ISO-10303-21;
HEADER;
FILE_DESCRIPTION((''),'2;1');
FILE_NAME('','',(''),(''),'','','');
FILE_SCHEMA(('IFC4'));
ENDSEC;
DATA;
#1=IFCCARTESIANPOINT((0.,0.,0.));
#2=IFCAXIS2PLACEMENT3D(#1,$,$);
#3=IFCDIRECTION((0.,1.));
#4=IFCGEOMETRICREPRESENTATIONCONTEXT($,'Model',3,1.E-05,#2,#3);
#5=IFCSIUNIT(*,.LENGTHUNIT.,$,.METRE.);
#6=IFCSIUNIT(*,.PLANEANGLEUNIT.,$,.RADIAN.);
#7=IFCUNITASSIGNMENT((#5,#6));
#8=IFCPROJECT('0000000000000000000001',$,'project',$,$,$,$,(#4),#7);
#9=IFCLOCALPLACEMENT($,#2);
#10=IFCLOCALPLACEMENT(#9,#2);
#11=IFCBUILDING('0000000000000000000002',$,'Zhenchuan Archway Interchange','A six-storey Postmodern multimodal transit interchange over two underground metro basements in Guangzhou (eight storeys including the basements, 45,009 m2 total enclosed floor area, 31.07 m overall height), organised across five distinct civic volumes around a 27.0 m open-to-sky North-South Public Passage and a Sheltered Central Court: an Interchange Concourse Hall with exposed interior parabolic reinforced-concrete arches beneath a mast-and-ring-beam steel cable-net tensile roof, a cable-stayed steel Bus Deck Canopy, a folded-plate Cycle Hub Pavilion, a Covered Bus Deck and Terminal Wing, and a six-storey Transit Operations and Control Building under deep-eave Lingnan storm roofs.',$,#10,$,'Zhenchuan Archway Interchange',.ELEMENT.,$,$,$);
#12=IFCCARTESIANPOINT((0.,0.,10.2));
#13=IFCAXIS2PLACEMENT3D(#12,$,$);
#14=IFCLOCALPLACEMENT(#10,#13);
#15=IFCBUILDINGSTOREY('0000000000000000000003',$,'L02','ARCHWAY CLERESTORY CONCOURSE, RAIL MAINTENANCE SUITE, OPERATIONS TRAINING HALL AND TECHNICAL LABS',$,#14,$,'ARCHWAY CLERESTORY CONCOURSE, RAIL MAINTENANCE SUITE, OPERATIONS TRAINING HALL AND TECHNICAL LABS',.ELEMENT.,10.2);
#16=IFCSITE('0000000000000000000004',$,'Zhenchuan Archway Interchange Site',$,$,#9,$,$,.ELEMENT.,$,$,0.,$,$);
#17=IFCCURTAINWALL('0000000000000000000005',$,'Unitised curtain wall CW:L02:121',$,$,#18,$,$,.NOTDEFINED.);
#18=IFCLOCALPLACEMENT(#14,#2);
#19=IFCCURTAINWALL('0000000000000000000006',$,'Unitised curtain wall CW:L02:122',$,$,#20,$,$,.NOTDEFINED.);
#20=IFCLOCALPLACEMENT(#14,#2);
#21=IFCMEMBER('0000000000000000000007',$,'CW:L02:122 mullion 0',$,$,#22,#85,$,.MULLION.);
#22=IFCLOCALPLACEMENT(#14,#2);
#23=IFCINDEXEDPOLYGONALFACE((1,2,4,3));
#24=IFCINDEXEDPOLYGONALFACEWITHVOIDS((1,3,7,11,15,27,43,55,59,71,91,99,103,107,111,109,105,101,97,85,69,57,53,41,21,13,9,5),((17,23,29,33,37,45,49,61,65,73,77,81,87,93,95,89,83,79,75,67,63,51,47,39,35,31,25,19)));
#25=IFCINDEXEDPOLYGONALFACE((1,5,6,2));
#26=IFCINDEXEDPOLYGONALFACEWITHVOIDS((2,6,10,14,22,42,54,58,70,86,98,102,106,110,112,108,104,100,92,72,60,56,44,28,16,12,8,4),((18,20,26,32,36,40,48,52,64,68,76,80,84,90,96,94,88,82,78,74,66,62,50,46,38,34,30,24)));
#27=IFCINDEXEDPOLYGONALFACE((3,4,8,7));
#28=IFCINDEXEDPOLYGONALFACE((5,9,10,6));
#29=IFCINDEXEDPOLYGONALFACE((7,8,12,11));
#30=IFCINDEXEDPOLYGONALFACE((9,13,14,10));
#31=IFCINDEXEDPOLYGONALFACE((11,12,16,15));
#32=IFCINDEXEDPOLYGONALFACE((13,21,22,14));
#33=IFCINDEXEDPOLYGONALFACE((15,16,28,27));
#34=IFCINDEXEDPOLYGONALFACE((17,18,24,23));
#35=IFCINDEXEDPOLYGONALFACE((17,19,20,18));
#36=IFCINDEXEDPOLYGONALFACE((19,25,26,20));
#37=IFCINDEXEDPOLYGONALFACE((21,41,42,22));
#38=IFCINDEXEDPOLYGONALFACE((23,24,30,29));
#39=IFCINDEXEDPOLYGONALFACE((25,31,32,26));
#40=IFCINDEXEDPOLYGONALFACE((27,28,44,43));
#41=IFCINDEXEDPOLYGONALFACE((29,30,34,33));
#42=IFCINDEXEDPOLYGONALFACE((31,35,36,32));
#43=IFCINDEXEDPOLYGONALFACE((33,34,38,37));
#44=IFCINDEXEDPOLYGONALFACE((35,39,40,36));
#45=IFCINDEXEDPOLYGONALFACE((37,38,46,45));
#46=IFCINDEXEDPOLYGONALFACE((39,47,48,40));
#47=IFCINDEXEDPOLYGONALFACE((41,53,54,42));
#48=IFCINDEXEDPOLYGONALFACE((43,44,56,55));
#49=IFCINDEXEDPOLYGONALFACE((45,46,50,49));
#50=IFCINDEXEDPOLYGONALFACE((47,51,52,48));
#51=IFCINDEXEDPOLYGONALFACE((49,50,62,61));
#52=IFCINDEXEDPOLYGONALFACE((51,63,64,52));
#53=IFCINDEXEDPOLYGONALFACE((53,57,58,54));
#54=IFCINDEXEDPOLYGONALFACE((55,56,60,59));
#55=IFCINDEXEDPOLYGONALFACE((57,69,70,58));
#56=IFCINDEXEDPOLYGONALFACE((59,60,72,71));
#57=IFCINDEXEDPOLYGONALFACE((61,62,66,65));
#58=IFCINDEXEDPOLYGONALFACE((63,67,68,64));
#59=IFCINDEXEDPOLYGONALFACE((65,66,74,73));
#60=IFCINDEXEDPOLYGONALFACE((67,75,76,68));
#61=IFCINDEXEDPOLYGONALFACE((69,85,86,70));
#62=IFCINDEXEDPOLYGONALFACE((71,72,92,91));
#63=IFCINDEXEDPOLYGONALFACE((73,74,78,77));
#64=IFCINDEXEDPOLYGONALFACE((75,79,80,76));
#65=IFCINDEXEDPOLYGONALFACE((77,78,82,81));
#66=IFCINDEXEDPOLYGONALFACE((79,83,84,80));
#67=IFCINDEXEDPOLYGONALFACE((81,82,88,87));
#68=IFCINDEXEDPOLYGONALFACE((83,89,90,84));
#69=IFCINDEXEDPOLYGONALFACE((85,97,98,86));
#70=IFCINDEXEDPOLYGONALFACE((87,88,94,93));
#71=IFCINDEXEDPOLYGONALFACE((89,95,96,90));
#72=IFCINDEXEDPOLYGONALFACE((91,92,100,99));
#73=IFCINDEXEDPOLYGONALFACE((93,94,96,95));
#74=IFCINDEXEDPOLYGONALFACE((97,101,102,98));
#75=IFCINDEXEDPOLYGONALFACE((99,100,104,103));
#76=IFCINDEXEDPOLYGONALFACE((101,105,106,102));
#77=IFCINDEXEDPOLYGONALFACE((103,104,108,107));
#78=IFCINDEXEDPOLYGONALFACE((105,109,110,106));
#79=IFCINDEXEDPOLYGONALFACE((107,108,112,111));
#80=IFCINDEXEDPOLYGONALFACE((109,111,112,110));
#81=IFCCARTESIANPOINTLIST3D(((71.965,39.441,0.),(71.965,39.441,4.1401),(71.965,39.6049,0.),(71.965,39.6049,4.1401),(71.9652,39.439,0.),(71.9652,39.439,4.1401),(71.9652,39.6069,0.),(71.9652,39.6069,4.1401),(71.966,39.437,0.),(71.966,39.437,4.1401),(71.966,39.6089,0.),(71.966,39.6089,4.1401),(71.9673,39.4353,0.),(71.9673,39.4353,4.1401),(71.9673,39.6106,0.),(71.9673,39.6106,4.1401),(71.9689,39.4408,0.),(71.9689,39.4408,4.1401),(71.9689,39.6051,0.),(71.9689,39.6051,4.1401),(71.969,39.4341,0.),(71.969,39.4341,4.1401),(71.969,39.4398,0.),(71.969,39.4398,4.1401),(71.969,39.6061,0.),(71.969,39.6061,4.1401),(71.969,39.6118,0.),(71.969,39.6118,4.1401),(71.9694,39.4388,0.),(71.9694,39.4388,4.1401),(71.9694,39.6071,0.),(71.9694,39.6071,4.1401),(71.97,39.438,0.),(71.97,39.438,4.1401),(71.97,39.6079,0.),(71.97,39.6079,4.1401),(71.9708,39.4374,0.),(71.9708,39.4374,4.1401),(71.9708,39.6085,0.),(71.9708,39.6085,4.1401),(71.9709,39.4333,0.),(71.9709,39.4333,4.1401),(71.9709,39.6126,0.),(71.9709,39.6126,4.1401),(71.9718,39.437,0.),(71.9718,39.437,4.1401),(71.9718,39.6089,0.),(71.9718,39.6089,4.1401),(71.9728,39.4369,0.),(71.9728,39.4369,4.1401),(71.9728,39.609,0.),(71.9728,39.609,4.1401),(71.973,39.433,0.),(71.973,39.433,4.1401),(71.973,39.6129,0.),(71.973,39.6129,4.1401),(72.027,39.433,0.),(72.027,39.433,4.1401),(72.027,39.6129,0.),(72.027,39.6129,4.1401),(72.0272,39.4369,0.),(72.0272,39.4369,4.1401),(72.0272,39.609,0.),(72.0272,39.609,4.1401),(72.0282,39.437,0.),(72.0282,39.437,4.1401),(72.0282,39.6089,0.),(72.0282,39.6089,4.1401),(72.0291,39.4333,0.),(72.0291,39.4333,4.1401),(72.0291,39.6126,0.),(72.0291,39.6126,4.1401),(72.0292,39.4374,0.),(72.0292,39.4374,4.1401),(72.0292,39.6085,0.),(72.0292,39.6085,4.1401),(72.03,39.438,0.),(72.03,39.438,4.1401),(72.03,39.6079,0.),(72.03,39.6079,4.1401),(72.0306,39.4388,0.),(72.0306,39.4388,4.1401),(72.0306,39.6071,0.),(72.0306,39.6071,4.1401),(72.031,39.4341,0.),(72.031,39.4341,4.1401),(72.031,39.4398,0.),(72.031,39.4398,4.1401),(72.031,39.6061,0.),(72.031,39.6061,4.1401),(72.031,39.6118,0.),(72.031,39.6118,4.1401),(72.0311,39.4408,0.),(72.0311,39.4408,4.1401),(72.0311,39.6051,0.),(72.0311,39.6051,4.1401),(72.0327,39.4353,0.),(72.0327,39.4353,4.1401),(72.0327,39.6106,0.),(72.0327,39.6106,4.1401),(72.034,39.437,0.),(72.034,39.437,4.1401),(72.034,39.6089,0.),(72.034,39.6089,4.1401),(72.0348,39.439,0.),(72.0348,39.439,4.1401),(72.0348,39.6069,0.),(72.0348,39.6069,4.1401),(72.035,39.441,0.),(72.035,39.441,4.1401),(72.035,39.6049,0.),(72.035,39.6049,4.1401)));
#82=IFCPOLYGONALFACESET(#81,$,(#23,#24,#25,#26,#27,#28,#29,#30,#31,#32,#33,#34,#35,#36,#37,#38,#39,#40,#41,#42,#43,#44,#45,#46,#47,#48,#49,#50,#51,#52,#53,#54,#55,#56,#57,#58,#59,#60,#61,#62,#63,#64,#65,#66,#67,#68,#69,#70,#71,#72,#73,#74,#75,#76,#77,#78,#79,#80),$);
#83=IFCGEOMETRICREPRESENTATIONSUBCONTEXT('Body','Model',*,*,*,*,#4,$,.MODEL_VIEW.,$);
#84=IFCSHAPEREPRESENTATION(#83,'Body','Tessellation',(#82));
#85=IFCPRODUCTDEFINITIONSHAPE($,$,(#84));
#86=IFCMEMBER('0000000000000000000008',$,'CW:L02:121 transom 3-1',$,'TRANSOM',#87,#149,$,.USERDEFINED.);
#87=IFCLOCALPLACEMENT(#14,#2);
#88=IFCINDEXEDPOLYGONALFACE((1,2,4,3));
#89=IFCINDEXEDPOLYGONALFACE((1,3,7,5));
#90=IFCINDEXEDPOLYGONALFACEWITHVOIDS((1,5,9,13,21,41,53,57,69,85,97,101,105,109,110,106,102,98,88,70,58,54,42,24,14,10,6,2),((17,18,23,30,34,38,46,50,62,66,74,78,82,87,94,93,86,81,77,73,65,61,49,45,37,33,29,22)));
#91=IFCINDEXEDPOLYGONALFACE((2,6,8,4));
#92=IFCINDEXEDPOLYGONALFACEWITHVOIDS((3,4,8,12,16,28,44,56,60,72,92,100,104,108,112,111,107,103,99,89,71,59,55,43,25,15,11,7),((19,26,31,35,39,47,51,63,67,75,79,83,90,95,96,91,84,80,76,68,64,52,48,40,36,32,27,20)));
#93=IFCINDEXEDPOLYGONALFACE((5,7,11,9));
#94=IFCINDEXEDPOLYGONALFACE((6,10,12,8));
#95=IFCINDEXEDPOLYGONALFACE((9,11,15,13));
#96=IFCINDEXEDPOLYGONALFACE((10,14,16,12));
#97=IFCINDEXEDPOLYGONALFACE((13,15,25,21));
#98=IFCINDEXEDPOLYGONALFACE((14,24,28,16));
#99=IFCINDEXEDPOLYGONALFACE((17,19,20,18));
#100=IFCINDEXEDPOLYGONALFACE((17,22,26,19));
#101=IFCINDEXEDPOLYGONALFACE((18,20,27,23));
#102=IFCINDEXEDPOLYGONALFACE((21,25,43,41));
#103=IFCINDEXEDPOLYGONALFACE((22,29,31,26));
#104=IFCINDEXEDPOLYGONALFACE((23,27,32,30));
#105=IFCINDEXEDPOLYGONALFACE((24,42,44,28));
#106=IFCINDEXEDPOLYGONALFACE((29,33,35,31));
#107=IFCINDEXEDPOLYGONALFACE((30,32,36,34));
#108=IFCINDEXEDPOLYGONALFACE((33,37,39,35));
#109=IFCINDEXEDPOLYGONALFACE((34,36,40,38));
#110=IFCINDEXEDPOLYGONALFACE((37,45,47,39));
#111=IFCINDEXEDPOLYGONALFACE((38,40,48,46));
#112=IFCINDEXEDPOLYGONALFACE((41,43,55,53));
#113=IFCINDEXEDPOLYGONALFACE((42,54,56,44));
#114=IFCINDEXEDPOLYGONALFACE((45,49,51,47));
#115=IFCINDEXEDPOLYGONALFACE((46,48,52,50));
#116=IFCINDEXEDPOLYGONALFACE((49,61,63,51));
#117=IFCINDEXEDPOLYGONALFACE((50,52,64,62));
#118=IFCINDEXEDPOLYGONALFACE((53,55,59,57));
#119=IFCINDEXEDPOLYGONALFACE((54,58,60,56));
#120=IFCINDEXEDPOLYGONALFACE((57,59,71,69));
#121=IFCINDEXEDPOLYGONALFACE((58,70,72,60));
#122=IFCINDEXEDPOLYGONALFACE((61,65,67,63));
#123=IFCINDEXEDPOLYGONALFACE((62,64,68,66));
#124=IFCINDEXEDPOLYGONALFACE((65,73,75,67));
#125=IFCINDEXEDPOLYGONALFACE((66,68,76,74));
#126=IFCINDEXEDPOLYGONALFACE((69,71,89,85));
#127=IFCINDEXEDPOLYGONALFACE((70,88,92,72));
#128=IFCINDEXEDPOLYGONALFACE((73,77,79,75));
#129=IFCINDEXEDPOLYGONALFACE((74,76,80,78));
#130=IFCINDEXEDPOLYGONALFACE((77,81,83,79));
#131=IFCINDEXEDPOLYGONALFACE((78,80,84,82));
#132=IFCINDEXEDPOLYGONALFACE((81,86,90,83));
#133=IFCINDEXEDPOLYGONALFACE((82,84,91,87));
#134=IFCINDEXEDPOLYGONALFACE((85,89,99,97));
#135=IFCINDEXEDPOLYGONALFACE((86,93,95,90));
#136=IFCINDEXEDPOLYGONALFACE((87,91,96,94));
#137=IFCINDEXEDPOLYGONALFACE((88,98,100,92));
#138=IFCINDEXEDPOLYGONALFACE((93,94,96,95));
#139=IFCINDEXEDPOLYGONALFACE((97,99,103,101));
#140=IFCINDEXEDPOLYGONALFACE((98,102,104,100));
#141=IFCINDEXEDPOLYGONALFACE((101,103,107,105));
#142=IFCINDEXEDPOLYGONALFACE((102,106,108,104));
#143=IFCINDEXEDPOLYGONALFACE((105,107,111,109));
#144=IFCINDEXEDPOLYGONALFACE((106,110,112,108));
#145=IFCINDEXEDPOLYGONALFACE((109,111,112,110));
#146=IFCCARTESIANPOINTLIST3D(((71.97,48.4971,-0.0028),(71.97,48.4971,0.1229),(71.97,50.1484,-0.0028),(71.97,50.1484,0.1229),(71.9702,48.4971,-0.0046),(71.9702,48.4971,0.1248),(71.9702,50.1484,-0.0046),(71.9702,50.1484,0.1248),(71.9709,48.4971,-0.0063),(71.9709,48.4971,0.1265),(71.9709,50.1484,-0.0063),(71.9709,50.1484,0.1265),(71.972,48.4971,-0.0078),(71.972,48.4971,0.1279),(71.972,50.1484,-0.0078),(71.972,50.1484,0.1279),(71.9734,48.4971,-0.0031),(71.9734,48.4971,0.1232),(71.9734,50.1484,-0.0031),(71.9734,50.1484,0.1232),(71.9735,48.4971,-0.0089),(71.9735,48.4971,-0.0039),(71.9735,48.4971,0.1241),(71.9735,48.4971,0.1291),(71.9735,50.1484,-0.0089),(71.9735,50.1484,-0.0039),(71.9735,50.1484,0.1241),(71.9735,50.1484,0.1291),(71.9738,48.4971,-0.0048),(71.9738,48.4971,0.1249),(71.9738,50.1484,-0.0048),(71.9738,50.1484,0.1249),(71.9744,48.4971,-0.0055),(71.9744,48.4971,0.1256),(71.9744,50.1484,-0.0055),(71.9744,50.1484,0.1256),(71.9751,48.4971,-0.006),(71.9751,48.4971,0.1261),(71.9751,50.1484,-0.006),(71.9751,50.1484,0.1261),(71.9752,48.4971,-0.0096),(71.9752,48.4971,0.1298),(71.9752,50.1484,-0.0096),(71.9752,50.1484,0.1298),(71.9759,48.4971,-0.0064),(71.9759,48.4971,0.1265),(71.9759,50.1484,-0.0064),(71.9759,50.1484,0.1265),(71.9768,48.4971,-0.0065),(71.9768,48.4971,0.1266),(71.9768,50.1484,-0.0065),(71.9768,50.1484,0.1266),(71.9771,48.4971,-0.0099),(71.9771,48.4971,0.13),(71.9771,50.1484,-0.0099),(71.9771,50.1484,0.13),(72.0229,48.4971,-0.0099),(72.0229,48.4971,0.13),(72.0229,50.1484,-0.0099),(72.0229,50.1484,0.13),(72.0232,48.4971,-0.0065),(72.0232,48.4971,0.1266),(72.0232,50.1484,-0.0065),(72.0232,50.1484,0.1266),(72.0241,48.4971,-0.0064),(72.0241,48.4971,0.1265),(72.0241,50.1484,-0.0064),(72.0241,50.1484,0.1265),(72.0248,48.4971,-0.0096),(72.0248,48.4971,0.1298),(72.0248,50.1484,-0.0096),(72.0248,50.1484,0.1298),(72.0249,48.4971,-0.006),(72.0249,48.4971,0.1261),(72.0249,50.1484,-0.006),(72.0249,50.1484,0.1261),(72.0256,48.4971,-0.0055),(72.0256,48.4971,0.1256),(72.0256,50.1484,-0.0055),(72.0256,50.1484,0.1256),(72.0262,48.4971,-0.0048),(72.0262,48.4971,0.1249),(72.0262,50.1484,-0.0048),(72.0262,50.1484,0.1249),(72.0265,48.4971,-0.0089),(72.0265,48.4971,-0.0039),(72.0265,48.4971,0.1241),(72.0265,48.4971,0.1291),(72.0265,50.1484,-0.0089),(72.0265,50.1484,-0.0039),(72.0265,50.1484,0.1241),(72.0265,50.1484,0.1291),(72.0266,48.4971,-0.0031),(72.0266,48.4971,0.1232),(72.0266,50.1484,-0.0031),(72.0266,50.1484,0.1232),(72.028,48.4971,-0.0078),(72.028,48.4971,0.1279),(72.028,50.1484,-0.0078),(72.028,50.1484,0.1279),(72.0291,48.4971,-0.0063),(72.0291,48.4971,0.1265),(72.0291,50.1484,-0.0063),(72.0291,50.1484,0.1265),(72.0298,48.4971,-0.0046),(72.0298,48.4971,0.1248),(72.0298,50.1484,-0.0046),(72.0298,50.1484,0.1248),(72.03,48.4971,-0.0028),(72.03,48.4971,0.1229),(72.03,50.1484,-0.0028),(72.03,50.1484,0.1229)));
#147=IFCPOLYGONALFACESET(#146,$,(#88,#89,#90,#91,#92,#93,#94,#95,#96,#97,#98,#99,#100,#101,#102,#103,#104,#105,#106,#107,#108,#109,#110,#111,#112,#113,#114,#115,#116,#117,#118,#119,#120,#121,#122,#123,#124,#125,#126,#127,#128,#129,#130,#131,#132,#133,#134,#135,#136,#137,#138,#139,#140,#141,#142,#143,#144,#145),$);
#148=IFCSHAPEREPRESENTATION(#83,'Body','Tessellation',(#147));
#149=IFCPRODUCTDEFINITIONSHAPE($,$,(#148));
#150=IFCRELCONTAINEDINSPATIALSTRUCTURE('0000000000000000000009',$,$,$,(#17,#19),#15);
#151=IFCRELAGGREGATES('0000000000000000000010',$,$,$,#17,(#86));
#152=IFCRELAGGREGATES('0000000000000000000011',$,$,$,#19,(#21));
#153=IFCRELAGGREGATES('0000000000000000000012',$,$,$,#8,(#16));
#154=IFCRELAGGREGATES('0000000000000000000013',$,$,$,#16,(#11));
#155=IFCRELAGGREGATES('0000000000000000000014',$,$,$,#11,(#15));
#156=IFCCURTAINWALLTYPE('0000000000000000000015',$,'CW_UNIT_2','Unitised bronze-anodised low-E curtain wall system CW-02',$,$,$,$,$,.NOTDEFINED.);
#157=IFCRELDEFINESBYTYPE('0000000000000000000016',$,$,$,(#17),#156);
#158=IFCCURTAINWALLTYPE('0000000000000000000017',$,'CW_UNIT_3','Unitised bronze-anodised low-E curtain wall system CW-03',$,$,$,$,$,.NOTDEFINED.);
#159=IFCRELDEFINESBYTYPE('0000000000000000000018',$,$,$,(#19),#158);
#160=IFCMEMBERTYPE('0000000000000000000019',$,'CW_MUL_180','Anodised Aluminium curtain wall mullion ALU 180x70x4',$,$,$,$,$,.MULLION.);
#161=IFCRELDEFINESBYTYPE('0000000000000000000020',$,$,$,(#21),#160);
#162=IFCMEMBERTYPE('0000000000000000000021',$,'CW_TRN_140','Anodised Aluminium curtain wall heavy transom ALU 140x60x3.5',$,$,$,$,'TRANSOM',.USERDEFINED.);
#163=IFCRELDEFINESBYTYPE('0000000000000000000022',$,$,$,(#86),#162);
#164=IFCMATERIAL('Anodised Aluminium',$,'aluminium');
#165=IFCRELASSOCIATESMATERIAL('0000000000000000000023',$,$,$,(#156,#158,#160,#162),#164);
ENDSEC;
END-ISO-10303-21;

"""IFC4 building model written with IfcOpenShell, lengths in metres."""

from ifc_helpers import new_model, si_unit, direction, frame, origin, origin_2d, place, context, subcontext, project, spatial, hollow_rectangle, extrude, material, material_profile, profile_set, type_object, element, aggregate, save


model = new_model("IFC4")

# Units and contexts
model_context = context("Model", 3, precision=1e-05, world=origin(), true_north=direction((0.0, 1.0)))
body_context = subcontext(model_context, "Body", "Model", "MODEL_VIEW")
ifc_project = project(units=[si_unit("LENGTHUNIT", "METRE"), si_unit("PLANEANGLEUNIT", "RADIAN")], contexts=[model_context])

# Site, building, storey
site_placement = place(None, origin())
site = spatial("IfcSite", under=ifc_project, at=site_placement, Name="Zhenchuan Archway Interchange Site", CompositionType="ELEMENT", RefElevation=0.0)
building_placement = place(site_placement, origin())
building = spatial("IfcBuilding", under=site, at=building_placement, Name="Zhenchuan Archway Interchange", Description="A six-storey Postmodern multimodal transit interchange over two underground metro basements in Guangzhou (eight storeys including the basements, 45,009 m2 total enclosed floor area, 31.07 m overall height), organised across five distinct civic volumes around a 27.0 m open-to-sky North-South Public Passage and a Sheltered Central Court: an Interchange Concourse Hall with exposed interior parabolic reinforced-concrete arches beneath a mast-and-ring-beam steel cable-net tensile roof, a cable-stayed steel Bus Deck Canopy, a folded-plate Cycle Hub Pavilion, a Covered Bus Deck and Terminal Wing, and a six-storey Transit Operations and Control Building under deep-eave Lingnan storm roofs.", LongName="Zhenchuan Archway Interchange", CompositionType="ELEMENT")
storey_placement = place(building_placement, frame((0.0, 0.0, 10.2)))
storey = spatial("IfcBuildingStorey", under=building, at=storey_placement, Name="L02", Description="ARCHWAY CLERESTORY CONCOURSE, RAIL MAINTENANCE SUITE, OPERATIONS TRAINING HALL AND TECHNICAL LABS", LongName="ARCHWAY CLERESTORY CONCOURSE, RAIL MAINTENANCE SUITE, OPERATIONS TRAINING HALL AND TECHNICAL LABS", CompositionType="ELEMENT", Elevation=10.2)

# Curtain walls, member
ifc_material_1 = material(Name="Anodised Aluminium", Category="aluminium")
curtain_wall_type_1 = type_object("IfcCurtainWallType", Name="CW_UNIT_2", Description="Unitised bronze-anodised low-E curtain wall system CW-02", PredefinedType="NOTDEFINED", material=ifc_material_1)
curtain_wall_1_placement = place(storey_placement, origin())
curtain_wall_1 = element("IfcCurtainWall", 1, at=curtain_wall_1_placement, inside=storey, type_object=curtain_wall_type_1, Name="Unitised curtain wall CW:L02:121", PredefinedType="NOTDEFINED")
ifc_material_profile_1 = material_profile(ifc_material_1, hollow_rectangle(XDim=0.0701, YDim=0.1799, WallThickness=0.0039, InnerFilletRadius=0.0039, OuterFilletRadius=0.0081, at=origin_2d()), Name="ALU 180x70x4")
ifc_profile_set_1 = profile_set([ifc_material_profile_1], Name="Anodised Aluminium")
member_type_1 = type_object("IfcMemberType", Name="CW_MUL_180", Description="Anodised Aluminium curtain wall mullion ALU 180x70x4", PredefinedType="MULLION", material=ifc_profile_set_1)
curtain_wall_type_2 = type_object("IfcCurtainWallType", Name="CW_UNIT_3", Description="Unitised bronze-anodised low-E curtain wall system CW-03", PredefinedType="NOTDEFINED", material=ifc_material_1)
curtain_wall_2_placement = place(storey_placement, origin())
curtain_wall_2 = element("IfcCurtainWall", 2, at=curtain_wall_2_placement, inside=storey, type_object=curtain_wall_type_2, Name="Unitised curtain wall CW:L02:122", PredefinedType="NOTDEFINED")
member_1_placement = place(storey_placement, frame((72.0, 39.5229, 0.0), z_axis=(0.0, 0.0, 1.0), x_axis=(1.0, 0.0, 0.0)))
member_1 = element("IfcMember", 3, at=member_1_placement, type_object=member_type_1, Name="CW:L02:122 mullion 0", PredefinedType="MULLION", context=body_context, shape_type="SweptSolid", body=[
    extrude(hollow_rectangle(XDim=0.0701, YDim=0.1799, WallThickness=0.0039, InnerFilletRadius=0.0039, OuterFilletRadius=0.0081, at=origin_2d()), origin(), (0.0, 0.0, 1.0), 4.1401),
])

# Member
ifc_material_profile_2 = material_profile(ifc_material_1, hollow_rectangle(XDim=0.0601, YDim=0.1399, WallThickness=0.0034, InnerFilletRadius=0.0034, OuterFilletRadius=0.0071, at=origin_2d()), Name="ALU 140x60x3.5")
ifc_profile_set_2 = profile_set([ifc_material_profile_2], Name="Anodised Aluminium")
member_type_2 = type_object("IfcMemberType", Name="CW_TRN_140", Description="Anodised Aluminium curtain wall heavy transom ALU 140x60x3.5", ElementType="TRANSOM", PredefinedType="USERDEFINED", material=ifc_profile_set_2)
member_2_placement = place(storey_placement, frame((72.0, 50.1484, 0.0601), z_axis=(0.0, -1.0, 0.0), x_axis=(1.0, 0.0, 0.0)))
member_2 = element("IfcMember", 4, at=member_2_placement, type_object=member_type_2, Name="CW:L02:121 transom 3-1", ObjectType="TRANSOM", PredefinedType="USERDEFINED", context=body_context, shape_type="SweptSolid", body=[
    extrude(hollow_rectangle(XDim=0.0601, YDim=0.1399, WallThickness=0.0034, InnerFilletRadius=0.0034, OuterFilletRadius=0.0071, at=origin_2d()), origin(), (0.0, 0.0, 1.0), 1.6514),
])

aggregate(curtain_wall_1, [member_2])
aggregate(curtain_wall_2, [member_1])

save(model, "model.ifc")
